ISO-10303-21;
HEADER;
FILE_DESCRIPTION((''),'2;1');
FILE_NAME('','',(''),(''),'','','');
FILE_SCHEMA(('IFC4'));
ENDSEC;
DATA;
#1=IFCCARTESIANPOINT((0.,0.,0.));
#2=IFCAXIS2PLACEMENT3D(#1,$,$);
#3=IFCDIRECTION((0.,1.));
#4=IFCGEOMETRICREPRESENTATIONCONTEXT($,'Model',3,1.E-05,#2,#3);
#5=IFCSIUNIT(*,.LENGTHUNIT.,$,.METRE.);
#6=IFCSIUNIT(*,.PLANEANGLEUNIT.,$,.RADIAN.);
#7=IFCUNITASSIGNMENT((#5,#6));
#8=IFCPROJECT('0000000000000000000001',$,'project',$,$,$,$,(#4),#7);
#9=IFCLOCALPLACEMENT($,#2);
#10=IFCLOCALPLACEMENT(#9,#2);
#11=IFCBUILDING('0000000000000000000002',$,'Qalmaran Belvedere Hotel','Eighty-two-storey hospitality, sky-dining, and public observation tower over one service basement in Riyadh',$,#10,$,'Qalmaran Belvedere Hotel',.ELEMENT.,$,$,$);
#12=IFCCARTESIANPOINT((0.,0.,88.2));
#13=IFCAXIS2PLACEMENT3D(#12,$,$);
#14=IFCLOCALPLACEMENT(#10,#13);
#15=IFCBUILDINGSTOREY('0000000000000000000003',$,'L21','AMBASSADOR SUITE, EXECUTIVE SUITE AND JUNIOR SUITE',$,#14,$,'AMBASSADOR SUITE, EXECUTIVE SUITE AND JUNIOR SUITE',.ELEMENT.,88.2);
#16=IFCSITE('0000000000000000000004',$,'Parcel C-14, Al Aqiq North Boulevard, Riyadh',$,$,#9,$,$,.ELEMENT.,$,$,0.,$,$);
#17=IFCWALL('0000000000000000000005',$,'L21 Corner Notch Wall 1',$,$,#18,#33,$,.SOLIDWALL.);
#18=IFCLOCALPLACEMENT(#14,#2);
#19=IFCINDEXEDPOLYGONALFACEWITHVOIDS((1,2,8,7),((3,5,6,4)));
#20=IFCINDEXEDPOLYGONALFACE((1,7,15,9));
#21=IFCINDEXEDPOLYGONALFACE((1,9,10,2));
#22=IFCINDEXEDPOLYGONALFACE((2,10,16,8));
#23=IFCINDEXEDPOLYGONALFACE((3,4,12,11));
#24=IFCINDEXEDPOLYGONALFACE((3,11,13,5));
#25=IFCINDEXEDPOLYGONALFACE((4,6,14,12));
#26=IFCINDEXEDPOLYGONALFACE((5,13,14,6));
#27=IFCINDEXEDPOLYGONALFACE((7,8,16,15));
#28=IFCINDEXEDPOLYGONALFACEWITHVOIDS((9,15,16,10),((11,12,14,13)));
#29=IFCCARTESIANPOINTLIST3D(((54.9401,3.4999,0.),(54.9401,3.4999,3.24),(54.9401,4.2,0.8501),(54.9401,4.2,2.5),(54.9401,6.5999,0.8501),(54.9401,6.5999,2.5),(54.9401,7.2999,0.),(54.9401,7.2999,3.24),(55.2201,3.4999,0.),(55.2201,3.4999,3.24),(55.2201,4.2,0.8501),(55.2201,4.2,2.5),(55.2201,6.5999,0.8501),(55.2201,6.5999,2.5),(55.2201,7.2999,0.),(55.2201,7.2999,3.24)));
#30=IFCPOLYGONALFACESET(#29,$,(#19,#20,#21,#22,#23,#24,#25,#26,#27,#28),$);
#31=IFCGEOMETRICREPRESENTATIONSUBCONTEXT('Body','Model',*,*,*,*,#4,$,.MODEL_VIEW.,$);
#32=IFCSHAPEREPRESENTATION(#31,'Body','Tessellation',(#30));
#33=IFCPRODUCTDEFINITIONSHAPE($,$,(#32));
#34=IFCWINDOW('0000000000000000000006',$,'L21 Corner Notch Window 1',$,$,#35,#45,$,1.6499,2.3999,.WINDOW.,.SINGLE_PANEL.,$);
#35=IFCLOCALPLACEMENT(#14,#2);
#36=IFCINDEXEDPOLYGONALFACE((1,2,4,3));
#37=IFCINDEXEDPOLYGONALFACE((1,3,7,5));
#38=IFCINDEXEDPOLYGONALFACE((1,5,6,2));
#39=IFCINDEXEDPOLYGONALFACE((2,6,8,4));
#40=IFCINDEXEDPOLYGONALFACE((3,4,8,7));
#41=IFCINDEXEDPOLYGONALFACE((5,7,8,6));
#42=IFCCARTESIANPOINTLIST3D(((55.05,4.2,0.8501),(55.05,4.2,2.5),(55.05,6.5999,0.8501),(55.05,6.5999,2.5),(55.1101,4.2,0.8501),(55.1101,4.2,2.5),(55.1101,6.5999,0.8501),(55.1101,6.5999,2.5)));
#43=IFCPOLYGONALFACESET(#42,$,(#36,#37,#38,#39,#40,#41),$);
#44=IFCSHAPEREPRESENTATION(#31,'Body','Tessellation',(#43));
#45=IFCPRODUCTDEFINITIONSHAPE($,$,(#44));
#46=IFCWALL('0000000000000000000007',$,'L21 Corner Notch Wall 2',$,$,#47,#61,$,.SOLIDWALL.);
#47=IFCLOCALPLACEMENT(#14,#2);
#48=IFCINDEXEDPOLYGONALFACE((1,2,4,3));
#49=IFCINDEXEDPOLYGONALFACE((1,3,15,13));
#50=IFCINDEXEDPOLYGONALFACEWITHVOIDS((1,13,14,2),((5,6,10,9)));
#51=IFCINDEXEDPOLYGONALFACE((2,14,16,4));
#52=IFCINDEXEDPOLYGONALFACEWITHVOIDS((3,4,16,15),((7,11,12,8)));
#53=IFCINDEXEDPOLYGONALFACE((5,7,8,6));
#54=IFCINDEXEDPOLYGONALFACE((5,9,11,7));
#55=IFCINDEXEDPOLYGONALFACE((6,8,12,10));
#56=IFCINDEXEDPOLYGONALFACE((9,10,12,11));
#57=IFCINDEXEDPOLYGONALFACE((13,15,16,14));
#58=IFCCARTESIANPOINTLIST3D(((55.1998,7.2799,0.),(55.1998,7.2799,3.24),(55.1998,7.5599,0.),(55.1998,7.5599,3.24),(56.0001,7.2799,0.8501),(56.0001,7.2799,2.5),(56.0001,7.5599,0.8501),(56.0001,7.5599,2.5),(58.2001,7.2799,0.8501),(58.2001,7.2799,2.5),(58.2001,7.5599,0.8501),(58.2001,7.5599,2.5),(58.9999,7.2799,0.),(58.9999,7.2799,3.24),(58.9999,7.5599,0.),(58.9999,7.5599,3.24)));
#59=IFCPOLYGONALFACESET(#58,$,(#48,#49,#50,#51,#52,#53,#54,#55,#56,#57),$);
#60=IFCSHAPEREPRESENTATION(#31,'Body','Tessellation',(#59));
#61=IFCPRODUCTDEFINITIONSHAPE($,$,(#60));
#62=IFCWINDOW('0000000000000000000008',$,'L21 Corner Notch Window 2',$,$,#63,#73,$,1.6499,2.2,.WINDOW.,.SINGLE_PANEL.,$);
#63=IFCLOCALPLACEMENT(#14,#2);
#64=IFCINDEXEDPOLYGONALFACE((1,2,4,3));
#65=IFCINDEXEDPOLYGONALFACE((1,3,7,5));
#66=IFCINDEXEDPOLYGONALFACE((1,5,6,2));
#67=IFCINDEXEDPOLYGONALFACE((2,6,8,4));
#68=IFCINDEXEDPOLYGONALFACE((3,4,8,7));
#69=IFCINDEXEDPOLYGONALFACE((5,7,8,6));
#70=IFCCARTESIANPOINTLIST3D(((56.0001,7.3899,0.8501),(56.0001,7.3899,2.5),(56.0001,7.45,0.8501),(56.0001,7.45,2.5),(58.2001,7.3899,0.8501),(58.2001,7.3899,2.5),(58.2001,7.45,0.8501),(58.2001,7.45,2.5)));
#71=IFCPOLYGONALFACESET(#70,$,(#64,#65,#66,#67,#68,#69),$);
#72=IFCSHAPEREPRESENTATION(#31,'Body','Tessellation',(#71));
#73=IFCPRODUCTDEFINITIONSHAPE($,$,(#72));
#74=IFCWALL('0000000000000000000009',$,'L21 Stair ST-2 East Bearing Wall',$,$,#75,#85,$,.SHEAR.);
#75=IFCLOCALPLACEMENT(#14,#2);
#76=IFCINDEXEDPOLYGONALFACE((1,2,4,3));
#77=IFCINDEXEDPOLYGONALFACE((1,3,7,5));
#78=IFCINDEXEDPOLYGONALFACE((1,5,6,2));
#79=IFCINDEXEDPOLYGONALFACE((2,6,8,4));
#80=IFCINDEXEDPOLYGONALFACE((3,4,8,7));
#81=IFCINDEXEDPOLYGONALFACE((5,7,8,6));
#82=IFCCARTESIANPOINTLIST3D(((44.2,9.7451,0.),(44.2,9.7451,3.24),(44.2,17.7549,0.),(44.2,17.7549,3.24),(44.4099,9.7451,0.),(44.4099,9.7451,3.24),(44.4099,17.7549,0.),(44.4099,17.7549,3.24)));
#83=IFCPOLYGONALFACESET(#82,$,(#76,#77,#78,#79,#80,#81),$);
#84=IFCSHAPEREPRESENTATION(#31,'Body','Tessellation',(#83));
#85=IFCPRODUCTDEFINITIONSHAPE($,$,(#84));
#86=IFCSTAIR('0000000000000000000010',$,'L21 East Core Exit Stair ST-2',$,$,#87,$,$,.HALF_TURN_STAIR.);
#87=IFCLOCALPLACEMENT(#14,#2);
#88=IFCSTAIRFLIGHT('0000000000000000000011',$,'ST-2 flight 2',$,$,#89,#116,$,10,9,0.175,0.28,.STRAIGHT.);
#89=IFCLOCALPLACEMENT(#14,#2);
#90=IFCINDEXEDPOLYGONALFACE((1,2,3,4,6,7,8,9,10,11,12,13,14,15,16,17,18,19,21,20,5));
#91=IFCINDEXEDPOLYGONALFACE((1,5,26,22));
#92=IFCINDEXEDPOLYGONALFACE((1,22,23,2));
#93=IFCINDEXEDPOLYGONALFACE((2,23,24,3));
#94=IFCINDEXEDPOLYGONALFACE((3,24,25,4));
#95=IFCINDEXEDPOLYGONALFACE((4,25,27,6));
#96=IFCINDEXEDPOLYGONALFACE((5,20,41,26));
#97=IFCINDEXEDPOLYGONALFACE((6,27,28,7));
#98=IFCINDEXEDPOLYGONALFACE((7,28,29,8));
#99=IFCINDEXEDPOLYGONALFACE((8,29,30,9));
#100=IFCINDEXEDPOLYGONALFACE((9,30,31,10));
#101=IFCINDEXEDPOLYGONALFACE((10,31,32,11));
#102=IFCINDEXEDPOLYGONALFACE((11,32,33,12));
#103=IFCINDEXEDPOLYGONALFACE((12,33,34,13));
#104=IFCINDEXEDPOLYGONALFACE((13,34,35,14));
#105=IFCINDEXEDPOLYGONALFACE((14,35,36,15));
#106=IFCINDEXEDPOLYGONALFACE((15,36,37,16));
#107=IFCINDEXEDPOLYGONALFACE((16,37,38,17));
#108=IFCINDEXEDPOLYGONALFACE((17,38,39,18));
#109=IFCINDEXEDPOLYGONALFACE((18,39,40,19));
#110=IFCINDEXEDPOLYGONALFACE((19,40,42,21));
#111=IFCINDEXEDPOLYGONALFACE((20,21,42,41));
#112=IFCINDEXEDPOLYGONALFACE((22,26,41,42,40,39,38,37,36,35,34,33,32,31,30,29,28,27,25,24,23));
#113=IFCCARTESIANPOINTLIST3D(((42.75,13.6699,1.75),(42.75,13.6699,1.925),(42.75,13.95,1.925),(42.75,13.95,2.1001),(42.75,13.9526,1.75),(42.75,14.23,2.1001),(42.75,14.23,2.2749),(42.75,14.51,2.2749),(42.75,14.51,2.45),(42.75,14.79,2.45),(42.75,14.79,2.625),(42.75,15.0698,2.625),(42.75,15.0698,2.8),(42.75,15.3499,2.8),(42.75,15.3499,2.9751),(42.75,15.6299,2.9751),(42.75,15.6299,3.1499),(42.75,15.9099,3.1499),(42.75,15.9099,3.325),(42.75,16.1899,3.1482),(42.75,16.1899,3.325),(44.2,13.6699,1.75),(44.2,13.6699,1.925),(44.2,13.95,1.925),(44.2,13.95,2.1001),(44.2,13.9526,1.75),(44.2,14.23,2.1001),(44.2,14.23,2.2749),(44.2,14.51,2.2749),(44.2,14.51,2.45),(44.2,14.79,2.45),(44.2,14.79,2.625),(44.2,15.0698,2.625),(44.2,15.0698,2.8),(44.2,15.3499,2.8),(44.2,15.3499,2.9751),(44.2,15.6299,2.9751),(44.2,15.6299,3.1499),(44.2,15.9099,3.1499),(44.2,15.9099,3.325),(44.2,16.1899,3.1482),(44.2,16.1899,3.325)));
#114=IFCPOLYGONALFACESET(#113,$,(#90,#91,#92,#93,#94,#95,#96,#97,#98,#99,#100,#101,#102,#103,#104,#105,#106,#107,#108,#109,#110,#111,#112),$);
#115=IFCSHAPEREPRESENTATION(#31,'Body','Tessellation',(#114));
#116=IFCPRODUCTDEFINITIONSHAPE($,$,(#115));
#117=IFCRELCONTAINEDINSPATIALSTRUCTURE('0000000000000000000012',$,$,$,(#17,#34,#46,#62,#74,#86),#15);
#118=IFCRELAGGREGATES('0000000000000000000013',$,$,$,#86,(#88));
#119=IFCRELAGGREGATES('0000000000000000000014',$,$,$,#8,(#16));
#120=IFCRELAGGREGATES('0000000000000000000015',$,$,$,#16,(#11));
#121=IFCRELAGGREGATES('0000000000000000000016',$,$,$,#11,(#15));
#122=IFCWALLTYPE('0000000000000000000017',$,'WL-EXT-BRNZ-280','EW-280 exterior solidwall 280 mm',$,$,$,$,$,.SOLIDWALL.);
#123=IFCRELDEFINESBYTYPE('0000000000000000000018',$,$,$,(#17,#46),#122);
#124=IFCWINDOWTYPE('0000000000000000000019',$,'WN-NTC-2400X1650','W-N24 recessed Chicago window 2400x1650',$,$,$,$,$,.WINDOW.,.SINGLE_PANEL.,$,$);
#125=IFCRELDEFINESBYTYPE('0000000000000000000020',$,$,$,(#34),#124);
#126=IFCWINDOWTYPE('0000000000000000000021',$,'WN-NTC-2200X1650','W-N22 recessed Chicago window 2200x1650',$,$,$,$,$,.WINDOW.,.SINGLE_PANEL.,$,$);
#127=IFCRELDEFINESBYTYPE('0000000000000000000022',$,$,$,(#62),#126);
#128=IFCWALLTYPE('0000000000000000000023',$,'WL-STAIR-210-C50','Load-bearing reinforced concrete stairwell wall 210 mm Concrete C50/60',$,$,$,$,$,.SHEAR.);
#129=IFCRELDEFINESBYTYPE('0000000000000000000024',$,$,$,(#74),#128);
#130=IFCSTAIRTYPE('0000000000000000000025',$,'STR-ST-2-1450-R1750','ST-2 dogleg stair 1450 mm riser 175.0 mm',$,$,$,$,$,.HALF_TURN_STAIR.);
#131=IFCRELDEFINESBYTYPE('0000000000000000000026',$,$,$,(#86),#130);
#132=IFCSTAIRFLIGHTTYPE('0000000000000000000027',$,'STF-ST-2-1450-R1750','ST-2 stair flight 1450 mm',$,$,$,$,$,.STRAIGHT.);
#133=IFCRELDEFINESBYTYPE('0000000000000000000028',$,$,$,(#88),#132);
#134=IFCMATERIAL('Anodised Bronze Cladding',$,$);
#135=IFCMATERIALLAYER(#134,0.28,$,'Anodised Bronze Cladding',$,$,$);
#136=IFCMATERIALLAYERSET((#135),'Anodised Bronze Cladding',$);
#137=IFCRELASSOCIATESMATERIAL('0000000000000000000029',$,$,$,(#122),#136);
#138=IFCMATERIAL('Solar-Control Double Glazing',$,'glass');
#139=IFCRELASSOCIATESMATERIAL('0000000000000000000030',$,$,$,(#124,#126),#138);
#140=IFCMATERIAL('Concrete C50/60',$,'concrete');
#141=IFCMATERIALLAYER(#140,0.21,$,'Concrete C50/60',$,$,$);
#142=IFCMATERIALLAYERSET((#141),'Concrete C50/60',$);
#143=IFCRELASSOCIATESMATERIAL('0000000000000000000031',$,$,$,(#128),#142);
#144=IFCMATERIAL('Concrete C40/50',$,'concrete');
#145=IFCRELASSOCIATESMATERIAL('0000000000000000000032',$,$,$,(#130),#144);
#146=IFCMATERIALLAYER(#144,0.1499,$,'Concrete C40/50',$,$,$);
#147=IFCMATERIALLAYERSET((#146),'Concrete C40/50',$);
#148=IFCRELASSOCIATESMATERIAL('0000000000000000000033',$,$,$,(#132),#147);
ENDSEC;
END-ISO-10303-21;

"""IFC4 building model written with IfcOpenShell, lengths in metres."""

from ifc_helpers import new_model, si_unit, direction, frame, frame_2d, origin, place, context, subcontext, project, spatial, polyline, rectangle, outline, extrude, material, layer, layer_set, type_object, element, fill, aggregate, save


model = new_model("IFC4")

# Units and contexts
model_context = context("Model", 3, precision=1e-05, world=origin(), true_north=direction((0.0, 1.0)))
body_context = subcontext(model_context, "Body", "Model", "MODEL_VIEW")
ifc_project = project(units=[si_unit("LENGTHUNIT", "METRE"), si_unit("PLANEANGLEUNIT", "RADIAN")], contexts=[model_context])

# Site, building, storey
site_placement = place(None, origin())
site = spatial("IfcSite", under=ifc_project, at=site_placement, Name="Parcel C-14, Al Aqiq North Boulevard, Riyadh", CompositionType="ELEMENT", RefElevation=0.0)
building_placement = place(site_placement, origin())
building = spatial("IfcBuilding", under=site, at=building_placement, Name="Qalmaran Belvedere Hotel", Description="Eighty-two-storey hospitality, sky-dining, and public observation tower over one service basement in Riyadh", LongName="Qalmaran Belvedere Hotel", CompositionType="ELEMENT")
storey_placement = place(building_placement, frame((0.0, 0.0, 88.2)))
storey = spatial("IfcBuildingStorey", under=building, at=storey_placement, Name="L21", Description="AMBASSADOR SUITE, EXECUTIVE SUITE AND JUNIOR SUITE", LongName="AMBASSADOR SUITE, EXECUTIVE SUITE AND JUNIOR SUITE", CompositionType="ELEMENT", Elevation=88.2)

# Shared definitions
ifc_material_1 = material(Name="Solar-Control Double Glazing", Category="glass")

# Walls, openings, windows
ifc_material_2 = material(Name="Anodised Bronze Cladding")
ifc_layer_1 = layer(ifc_material_2, 0.28, Name="Anodised Bronze Cladding")
ifc_layer_set_1 = layer_set([ifc_layer_1], Name="Anodised Bronze Cladding")
wall_type_1 = type_object("IfcWallType", Name="WL-EXT-BRNZ-280", Description="EW-280 exterior solidwall 280 mm", PredefinedType="SOLIDWALL", material=ifc_layer_set_1)
wall_1_placement = place(storey_placement, frame((55.0801, 3.5, 0.0), z_axis=(0.0, 0.0, 1.0), x_axis=(0.0, 1.0, 0.0)))
wall_1 = element("IfcWall", 1, at=wall_1_placement, inside=storey, type_object=wall_type_1, Name="L21 Corner Notch Wall 1", PredefinedType="SOLIDWALL", context=body_context, shape_type="SweptSolid", body=[
    extrude(rectangle(XDim=3.8, YDim=0.28, at=frame_2d((1.8999, 0.0))), origin(), (0.0, 0.0, 1.0), 3.24),
])
opening_1_placement = place(wall_1_placement, frame((0.7, 0.0, 0.8501)))
opening_1 = element("IfcOpeningElement", 2, at=opening_1_placement, cuts=wall_1, PredefinedType="OPENING", context=body_context, shape_type="SweptSolid", body=[
    extrude(rectangle(XDim=2.3999, YDim=1.6499, at=frame_2d((1.2, 0.825))), frame((0.0, 0.1499, 0.0), z_axis=(0.0, -1.0, 0.0), x_axis=(1.0, 0.0, 0.0)), (0.0, 0.0, 1.0), 0.3),
])
window_type_1 = type_object("IfcWindowType", Name="WN-NTC-2400X1650", Description="W-N24 recessed Chicago window 2400x1650", PartitioningType="SINGLE_PANEL", PredefinedType="WINDOW", material=ifc_material_1)
window_1_placement = place(opening_1_placement, origin())
window_1 = element("IfcWindow", 3, at=window_1_placement, inside=storey, type_object=window_type_1, Name="L21 Corner Notch Window 1", OverallHeight=1.6499, OverallWidth=2.3999, PartitioningType="SINGLE_PANEL", PredefinedType="WINDOW", context=body_context, shape_type="SweptSolid", body=[
    extrude(rectangle(XDim=2.3999, YDim=1.6499, at=frame_2d((1.2, 0.825))), frame((0.0, 0.03, 0.0), z_axis=(0.0, -1.0, 0.0), x_axis=(1.0, 0.0, 0.0)), (0.0, 0.0, 1.0), 0.0601),
])
fill(opening_1, window_1)
wall_2_placement = place(storey_placement, frame((55.2, 7.4199, 0.0), z_axis=(0.0, 0.0, 1.0), x_axis=(1.0, 0.0, 0.0)))
wall_2 = element("IfcWall", 4, at=wall_2_placement, inside=storey, type_object=wall_type_1, Name="L21 Corner Notch Wall 2", PredefinedType="SOLIDWALL", context=body_context, shape_type="SweptSolid", body=[
    extrude(rectangle(XDim=3.8, YDim=0.28, at=frame_2d((1.8999, 0.0))), origin(), (0.0, 0.0, 1.0), 3.24),
])
opening_2_placement = place(wall_2_placement, frame((0.8, 0.0, 0.8501)))
opening_2 = element("IfcOpeningElement", 5, at=opening_2_placement, cuts=wall_2, PredefinedType="OPENING", context=body_context, shape_type="SweptSolid", body=[
    extrude(rectangle(XDim=2.2, YDim=1.6499, at=frame_2d((1.1001, 0.825))), frame((0.0, 0.1499, 0.0), z_axis=(0.0, -1.0, 0.0), x_axis=(1.0, 0.0, 0.0)), (0.0, 0.0, 1.0), 0.3),
])
window_type_2 = type_object("IfcWindowType", Name="WN-NTC-2200X1650", Description="W-N22 recessed Chicago window 2200x1650", PartitioningType="SINGLE_PANEL", PredefinedType="WINDOW", material=ifc_material_1)
window_2_placement = place(opening_2_placement, origin())
window_2 = element("IfcWindow", 6, at=window_2_placement, inside=storey, type_object=window_type_2, Name="L21 Corner Notch Window 2", OverallHeight=1.6499, OverallWidth=2.2, PartitioningType="SINGLE_PANEL", PredefinedType="WINDOW", context=body_context, shape_type="SweptSolid", body=[
    extrude(rectangle(XDim=2.2, YDim=1.6499, at=frame_2d((1.1001, 0.825))), frame((0.0, 0.03, 0.0), z_axis=(0.0, -1.0, 0.0), x_axis=(1.0, 0.0, 0.0)), (0.0, 0.0, 1.0), 0.0601),
])
fill(opening_2, window_2)

# Wall
ifc_material_3 = material(Name="Concrete C50/60", Category="concrete")
ifc_layer_2 = layer(ifc_material_3, 0.21, Name="Concrete C50/60")
ifc_layer_set_2 = layer_set([ifc_layer_2], Name="Concrete C50/60")
wall_type_2 = type_object("IfcWallType", Name="WL-STAIR-210-C50", Description="Load-bearing reinforced concrete stairwell wall 210 mm Concrete C50/60", PredefinedType="SHEAR", material=ifc_layer_set_2)
wall_3_placement = place(storey_placement, frame((44.3049, 9.7451, 0.0), z_axis=(0.0, 0.0, 1.0), x_axis=(0.0, 1.0, 0.0)))
element("IfcWall", 7, at=wall_3_placement, inside=storey, type_object=wall_type_2, Name="L21 Stair ST-2 East Bearing Wall", PredefinedType="SHEAR", context=body_context, shape_type="SweptSolid", body=[
    extrude(rectangle(XDim=8.0098, YDim=0.21, at=frame_2d((4.0049, 0.0))), origin(), (0.0, 0.0, 1.0), 3.24),
])

# Stair, stair flight
ifc_material_4 = material(Name="Concrete C40/50", Category="concrete")
stair_type = type_object("IfcStairType", Name="STR-ST-2-1450-R1750", Description="ST-2 dogleg stair 1450 mm riser 175.0 mm", PredefinedType="HALF_TURN_STAIR", material=ifc_material_4)
stair_placement = place(storey_placement, origin())
stair = element("IfcStair", 8, at=stair_placement, inside=storey, type_object=stair_type, Name="L21 East Core Exit Stair ST-2", PredefinedType="HALF_TURN_STAIR")
ifc_layer_3 = layer(ifc_material_4, 0.1499, Name="Concrete C40/50")
ifc_layer_set_3 = layer_set([ifc_layer_3], Name="Concrete C40/50")
stair_flight_type = type_object("IfcStairFlightType", Name="STF-ST-2-1450-R1750", Description="ST-2 stair flight 1450 mm", PredefinedType="STRAIGHT", material=ifc_layer_set_3)
stair_flight_placement = place(storey_placement, frame((43.4751, 13.6699, 1.75), z_axis=(0.0, 0.0, 1.0), x_axis=(0.0, 1.0, 0.0)))
stair_flight = element("IfcStairFlight", 9, at=stair_flight_placement, type_object=stair_flight_type, Name="ST-2 flight 2", NumberOfRisers=10, NumberOfTreads=9, PredefinedType="STRAIGHT", RiserHeight=0.175, TreadLength=0.28, context=body_context, shape_type="SweptSolid", body=[
    extrude(outline(polyline([(0.0, 0.0), (0.0, 0.175), (0.28, 0.175), (0.28, 0.3501), (0.5601, 0.3501), (0.5601, 0.5249), (0.8401, 0.5249), (0.8401, 0.7), (1.1201, 0.7), (1.1201, 0.875), (1.3999, 0.875), (1.3999, 1.05), (1.6799, 1.05), (1.6799, 1.2251), (1.96, 1.2251), (1.96, 1.3999), (2.24, 1.3999), (2.24, 1.575), (2.52, 1.575), (2.52, 1.75), (2.52, 1.3982), (0.2827, 0.0), (0.0, 0.0)])), frame((0.0, 0.7251, 0.0), z_axis=(0.0, -1.0, 0.0), x_axis=(1.0, 0.0, 0.0)), (0.0, 0.0, 1.0), 1.45),
])
aggregate(stair, [stair_flight])

save(model, "model.ifc")
